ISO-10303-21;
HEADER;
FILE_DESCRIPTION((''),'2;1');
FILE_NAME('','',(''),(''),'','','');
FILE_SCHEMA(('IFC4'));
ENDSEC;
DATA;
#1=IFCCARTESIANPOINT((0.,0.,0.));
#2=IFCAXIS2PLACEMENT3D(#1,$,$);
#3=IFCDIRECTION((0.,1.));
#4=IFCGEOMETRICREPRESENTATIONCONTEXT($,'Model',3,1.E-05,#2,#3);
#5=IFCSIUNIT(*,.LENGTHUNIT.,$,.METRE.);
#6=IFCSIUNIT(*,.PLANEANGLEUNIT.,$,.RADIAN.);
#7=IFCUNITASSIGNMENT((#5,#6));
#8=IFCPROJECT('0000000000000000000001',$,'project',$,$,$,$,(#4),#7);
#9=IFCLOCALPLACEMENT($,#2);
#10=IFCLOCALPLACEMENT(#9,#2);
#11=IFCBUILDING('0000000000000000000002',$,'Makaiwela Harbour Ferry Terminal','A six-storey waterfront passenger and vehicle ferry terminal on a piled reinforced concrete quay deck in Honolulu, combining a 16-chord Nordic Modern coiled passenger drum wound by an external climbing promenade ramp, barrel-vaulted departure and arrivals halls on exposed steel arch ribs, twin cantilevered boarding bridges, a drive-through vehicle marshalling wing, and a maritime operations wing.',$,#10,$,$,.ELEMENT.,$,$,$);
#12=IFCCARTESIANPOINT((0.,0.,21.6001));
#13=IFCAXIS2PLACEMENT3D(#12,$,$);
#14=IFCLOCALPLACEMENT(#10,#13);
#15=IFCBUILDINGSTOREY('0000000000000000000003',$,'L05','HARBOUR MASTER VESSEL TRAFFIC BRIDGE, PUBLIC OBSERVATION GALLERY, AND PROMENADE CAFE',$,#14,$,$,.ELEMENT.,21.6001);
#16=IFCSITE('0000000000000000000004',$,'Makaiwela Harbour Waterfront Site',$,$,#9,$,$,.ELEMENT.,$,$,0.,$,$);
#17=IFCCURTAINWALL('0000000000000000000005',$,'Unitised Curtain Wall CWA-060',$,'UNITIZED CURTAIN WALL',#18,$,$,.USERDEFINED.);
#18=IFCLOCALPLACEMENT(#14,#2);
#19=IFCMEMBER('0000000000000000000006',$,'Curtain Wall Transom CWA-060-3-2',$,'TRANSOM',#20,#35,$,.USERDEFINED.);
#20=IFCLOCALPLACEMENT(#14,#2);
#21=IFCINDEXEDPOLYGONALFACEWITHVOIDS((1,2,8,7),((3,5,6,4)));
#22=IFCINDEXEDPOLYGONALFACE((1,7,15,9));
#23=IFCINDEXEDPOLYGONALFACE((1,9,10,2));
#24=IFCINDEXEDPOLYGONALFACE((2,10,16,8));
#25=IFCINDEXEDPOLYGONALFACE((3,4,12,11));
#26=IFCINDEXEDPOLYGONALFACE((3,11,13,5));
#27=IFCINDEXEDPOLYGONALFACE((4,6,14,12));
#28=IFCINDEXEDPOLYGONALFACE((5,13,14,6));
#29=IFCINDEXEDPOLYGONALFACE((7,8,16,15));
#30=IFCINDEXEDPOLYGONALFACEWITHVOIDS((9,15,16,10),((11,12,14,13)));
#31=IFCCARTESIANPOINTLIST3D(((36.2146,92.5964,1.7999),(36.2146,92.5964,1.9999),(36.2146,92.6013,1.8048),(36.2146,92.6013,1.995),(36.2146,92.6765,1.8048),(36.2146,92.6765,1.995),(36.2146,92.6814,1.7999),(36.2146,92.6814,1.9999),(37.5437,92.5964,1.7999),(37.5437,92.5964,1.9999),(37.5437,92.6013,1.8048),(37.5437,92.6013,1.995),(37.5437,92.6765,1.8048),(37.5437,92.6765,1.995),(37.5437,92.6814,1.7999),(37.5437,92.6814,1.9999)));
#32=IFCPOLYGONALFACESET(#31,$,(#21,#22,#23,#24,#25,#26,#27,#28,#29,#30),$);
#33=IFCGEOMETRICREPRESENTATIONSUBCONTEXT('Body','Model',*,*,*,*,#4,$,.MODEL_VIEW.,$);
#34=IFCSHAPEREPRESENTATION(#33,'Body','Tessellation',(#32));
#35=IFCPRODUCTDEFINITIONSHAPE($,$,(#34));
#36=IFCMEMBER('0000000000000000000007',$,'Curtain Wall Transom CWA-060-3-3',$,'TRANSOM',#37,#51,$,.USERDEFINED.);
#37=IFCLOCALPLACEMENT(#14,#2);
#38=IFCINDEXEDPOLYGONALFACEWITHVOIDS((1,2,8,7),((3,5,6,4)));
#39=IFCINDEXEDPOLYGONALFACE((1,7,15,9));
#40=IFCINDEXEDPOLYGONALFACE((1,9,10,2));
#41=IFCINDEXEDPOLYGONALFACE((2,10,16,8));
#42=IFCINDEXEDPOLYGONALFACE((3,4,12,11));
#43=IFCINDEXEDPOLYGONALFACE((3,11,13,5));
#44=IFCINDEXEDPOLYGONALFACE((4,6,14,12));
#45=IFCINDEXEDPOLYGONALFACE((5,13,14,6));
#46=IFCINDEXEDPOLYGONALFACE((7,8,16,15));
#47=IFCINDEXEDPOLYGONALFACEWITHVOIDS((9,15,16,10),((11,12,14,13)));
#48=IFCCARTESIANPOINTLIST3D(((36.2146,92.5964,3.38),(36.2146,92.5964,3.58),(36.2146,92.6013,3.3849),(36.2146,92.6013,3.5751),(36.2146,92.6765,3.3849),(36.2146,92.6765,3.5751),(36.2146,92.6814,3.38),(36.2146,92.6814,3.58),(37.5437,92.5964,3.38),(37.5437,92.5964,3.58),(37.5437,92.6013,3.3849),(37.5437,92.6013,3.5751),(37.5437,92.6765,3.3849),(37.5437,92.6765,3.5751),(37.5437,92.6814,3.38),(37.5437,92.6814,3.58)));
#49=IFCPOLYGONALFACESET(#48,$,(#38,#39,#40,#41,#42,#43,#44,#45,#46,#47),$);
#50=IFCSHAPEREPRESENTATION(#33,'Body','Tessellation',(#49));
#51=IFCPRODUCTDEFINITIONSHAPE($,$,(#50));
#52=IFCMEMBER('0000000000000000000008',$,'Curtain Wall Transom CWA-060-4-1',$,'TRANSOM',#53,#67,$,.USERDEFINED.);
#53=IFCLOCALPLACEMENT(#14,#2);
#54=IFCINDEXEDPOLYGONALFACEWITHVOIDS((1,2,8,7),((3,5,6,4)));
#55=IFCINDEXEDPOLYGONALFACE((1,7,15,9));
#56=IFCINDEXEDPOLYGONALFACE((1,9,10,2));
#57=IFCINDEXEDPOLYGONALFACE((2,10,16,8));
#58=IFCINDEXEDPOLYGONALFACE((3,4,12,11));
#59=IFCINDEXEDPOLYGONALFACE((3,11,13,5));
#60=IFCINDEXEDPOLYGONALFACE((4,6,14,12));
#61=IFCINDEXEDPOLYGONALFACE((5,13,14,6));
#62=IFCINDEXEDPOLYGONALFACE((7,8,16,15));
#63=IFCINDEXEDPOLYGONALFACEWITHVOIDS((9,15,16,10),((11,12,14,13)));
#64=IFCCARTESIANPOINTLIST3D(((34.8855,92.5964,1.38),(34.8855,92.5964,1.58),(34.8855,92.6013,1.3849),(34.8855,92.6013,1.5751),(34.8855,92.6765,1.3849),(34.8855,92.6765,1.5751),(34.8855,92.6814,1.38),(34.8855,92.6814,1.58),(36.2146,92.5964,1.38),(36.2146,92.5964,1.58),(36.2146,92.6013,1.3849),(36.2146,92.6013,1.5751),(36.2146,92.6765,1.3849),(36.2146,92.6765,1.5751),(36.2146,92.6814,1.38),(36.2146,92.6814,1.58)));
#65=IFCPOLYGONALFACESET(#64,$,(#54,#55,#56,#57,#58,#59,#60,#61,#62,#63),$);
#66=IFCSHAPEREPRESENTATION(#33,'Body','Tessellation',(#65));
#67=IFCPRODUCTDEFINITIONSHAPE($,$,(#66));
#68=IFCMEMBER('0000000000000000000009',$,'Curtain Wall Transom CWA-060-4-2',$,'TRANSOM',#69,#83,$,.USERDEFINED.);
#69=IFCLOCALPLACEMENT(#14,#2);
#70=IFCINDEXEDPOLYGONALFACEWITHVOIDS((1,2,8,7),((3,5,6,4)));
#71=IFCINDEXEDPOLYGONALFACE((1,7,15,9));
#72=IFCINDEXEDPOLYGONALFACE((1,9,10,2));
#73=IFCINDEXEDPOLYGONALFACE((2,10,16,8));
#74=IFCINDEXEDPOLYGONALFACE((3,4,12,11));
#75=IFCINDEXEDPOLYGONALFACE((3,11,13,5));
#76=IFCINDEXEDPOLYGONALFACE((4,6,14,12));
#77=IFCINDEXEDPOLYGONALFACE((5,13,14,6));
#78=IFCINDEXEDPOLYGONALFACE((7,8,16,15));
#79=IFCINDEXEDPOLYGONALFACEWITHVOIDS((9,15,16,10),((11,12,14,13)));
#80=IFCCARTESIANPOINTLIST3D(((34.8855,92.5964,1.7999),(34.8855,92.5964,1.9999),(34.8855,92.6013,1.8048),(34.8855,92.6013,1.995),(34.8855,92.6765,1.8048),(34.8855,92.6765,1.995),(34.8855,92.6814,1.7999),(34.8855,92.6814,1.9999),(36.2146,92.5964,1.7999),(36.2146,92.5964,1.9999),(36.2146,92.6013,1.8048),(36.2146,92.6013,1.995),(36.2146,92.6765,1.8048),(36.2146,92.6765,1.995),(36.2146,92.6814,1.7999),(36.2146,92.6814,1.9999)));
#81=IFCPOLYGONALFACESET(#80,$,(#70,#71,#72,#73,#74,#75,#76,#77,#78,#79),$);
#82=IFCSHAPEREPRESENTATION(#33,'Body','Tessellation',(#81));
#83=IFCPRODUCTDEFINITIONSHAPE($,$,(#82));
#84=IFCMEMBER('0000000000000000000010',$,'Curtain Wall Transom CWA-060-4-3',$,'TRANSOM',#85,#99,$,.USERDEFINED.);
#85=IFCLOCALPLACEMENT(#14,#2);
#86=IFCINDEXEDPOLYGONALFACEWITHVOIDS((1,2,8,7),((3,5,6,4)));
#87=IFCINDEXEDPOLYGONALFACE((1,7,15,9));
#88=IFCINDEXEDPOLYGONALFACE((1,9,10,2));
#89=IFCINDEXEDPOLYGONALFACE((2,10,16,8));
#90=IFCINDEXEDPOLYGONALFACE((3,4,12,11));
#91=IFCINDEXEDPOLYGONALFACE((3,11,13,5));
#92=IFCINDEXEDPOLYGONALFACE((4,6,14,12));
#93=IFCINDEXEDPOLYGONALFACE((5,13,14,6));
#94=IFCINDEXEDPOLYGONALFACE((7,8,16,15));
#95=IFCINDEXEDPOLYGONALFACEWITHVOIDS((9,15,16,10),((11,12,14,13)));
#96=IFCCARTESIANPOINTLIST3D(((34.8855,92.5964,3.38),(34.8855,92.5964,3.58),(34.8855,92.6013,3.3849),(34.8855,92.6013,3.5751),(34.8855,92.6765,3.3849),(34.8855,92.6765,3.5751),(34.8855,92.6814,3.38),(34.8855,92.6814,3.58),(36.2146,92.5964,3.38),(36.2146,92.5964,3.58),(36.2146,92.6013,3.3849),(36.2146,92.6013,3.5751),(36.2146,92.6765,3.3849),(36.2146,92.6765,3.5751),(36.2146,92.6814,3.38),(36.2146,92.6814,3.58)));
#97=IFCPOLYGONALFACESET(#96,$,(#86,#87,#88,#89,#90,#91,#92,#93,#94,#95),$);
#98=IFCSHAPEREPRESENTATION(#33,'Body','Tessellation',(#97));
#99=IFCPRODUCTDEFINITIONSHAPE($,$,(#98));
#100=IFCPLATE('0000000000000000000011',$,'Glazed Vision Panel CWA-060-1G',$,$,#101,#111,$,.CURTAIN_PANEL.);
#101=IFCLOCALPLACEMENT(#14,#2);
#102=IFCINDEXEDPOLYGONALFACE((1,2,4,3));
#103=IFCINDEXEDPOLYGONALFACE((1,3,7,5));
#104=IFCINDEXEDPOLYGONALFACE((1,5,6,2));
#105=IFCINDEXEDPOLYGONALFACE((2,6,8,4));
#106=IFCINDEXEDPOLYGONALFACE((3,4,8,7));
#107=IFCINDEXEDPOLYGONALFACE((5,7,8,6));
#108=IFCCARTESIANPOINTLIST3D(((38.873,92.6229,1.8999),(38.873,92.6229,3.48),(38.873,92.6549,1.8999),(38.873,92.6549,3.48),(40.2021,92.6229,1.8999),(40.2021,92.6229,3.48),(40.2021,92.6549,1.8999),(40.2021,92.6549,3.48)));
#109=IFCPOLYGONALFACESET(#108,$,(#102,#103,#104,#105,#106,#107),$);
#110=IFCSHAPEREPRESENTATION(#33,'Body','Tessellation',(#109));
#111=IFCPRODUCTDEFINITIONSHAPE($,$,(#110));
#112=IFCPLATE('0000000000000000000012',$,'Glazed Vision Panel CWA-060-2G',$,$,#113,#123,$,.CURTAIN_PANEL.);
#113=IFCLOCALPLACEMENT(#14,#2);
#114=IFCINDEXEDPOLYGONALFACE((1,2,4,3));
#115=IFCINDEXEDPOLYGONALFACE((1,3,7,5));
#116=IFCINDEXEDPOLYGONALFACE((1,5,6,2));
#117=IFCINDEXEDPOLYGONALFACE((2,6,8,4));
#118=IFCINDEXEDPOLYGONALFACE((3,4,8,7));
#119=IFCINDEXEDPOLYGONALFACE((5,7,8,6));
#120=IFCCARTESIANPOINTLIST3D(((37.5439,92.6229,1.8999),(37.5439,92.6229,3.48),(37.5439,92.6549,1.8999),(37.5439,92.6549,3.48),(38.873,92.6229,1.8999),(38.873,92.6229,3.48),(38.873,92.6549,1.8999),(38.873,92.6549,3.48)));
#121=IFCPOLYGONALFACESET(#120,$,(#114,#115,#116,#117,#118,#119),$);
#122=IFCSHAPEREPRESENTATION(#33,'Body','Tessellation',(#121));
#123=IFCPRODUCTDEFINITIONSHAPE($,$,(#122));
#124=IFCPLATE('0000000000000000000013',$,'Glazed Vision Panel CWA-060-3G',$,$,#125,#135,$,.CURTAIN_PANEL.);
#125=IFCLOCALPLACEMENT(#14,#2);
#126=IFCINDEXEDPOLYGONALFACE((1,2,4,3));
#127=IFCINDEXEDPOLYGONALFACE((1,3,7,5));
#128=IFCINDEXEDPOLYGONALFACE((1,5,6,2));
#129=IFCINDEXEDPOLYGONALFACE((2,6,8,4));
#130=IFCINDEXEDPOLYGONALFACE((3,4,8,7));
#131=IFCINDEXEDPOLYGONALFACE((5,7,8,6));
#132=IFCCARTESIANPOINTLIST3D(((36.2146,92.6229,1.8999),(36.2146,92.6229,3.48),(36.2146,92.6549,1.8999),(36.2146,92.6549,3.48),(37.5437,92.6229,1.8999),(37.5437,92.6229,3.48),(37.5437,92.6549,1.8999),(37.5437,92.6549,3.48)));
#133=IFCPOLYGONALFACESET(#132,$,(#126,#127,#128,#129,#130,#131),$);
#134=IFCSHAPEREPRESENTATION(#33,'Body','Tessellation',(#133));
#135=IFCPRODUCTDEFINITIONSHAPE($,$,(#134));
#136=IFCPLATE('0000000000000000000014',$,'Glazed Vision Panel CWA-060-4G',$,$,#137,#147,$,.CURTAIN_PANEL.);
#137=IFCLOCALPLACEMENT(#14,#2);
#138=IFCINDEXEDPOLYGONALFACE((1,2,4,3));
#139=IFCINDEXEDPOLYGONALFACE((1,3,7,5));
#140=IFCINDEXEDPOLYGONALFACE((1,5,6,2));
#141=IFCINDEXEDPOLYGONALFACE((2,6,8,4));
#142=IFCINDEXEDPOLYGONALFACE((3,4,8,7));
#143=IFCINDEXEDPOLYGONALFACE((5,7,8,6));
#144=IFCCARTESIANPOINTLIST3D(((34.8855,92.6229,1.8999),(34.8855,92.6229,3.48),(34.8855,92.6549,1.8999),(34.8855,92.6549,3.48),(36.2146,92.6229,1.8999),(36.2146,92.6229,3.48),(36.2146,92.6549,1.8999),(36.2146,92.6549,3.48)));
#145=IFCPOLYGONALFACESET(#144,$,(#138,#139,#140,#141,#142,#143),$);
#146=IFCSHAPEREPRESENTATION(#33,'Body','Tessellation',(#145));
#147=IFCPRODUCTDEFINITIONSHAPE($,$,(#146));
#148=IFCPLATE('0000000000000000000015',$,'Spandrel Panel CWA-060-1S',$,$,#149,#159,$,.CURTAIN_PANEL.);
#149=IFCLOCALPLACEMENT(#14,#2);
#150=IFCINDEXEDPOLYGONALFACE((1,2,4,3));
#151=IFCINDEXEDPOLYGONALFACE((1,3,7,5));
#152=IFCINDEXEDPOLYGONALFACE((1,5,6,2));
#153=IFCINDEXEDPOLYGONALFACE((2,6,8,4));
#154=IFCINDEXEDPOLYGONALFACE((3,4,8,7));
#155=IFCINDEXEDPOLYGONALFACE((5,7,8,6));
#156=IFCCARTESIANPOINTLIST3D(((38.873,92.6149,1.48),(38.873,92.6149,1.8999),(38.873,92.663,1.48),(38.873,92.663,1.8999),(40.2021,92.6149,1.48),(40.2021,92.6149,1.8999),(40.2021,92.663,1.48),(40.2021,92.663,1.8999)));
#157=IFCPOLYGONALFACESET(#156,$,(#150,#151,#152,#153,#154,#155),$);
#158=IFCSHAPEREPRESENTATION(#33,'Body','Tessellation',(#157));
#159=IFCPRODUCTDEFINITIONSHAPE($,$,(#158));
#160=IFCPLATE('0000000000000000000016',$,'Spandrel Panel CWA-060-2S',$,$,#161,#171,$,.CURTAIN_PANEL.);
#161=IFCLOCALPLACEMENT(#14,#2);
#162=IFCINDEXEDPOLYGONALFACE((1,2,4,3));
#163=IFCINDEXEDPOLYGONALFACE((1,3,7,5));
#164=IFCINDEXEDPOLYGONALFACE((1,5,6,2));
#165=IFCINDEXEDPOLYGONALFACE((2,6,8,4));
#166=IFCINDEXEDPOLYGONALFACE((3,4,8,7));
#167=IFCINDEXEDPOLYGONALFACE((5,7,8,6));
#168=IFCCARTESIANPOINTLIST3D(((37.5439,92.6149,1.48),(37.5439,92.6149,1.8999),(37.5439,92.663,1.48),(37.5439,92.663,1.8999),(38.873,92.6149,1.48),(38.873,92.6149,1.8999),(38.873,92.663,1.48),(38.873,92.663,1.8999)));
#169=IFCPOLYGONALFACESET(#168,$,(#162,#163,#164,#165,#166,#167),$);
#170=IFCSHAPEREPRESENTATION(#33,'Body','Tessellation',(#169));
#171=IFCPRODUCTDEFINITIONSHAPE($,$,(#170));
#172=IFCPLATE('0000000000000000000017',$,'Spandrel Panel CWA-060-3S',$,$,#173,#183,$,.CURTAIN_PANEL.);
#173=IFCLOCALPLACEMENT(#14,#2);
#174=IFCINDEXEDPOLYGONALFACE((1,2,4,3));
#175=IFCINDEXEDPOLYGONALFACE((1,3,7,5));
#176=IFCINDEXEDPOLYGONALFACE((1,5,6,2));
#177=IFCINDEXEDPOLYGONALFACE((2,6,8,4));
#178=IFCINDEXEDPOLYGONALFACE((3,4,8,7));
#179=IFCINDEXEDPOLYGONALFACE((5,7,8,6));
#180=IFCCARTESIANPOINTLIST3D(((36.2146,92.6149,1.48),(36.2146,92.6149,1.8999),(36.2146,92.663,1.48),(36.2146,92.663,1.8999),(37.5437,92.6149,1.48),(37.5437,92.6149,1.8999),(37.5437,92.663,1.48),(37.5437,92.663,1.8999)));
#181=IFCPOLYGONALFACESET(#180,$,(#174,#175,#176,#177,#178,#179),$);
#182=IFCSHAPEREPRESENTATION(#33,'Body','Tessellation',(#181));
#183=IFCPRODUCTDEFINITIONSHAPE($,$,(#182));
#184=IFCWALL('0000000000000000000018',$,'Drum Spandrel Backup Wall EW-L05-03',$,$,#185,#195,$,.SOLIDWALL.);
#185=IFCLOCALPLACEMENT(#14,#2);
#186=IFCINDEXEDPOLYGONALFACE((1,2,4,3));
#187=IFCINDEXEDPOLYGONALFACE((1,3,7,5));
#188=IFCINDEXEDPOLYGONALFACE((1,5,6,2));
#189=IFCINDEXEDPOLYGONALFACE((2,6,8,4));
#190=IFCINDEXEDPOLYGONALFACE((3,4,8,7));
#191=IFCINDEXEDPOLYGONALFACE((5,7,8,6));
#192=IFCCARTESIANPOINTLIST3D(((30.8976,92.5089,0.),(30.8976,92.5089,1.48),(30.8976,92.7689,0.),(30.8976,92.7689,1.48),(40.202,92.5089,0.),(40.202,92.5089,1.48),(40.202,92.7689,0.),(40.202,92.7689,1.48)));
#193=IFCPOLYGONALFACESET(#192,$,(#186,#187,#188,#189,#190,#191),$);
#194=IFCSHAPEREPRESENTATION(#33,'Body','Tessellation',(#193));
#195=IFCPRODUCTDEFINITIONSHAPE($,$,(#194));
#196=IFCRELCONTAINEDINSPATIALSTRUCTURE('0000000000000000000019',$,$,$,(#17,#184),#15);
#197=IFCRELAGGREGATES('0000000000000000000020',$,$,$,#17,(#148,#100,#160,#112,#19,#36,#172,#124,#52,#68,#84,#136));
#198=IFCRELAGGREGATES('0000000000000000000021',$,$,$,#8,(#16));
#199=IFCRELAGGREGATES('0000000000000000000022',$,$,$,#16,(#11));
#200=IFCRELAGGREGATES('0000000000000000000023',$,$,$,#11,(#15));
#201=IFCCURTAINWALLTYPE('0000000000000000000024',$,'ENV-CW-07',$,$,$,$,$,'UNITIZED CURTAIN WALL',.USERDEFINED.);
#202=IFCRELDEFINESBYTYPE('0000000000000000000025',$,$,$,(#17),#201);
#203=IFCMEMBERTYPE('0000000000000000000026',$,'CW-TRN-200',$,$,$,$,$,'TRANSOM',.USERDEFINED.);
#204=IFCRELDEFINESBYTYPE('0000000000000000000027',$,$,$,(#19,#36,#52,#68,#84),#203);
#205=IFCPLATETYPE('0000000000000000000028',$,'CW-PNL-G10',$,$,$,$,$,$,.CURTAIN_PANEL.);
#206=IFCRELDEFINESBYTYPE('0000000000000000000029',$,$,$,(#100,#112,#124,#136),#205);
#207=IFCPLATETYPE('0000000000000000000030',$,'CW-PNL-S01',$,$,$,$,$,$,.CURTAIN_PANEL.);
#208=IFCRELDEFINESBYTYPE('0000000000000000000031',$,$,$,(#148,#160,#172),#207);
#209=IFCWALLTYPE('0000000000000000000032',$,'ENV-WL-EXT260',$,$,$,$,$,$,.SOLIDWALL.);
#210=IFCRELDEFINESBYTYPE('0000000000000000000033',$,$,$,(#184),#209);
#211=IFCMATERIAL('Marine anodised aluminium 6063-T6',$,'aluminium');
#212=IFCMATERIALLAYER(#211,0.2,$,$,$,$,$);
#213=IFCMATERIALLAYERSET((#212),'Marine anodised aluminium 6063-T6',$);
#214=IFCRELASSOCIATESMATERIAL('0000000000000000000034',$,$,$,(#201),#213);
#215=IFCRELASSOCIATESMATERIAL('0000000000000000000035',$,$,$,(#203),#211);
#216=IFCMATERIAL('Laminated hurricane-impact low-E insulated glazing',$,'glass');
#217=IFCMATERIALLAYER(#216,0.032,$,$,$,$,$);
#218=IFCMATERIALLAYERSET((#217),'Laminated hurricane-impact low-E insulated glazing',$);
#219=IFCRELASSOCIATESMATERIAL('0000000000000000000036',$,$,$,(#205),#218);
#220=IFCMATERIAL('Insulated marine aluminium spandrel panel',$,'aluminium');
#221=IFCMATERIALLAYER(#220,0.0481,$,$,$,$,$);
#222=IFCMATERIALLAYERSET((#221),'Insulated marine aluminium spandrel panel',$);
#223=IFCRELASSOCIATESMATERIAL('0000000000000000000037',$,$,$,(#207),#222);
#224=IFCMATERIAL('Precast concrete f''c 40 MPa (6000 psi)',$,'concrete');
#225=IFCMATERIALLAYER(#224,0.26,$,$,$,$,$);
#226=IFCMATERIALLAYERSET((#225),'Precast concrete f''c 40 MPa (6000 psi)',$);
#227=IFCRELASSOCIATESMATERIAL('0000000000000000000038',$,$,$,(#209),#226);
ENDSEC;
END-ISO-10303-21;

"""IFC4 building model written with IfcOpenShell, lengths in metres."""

from ifc_helpers import new_model, si_unit, direction, frame, frame_2d, origin, origin_2d, place, context, subcontext, project, spatial, rectangle, hollow_rectangle, extrude, material, layer, layer_set, material_profile, profile_set, type_object, element, aggregate, save


model = new_model("IFC4")

# Units and contexts
model_context = context("Model", 3, precision=1e-05, world=origin(), true_north=direction((0.0, 1.0)))
body_context = subcontext(model_context, "Body", "Model", "MODEL_VIEW")
ifc_project = project(units=[si_unit("LENGTHUNIT", "METRE"), si_unit("PLANEANGLEUNIT", "RADIAN")], contexts=[model_context])

# Site, building, storey
site_placement = place(None, origin())
site = spatial("IfcSite", under=ifc_project, at=site_placement, Name="Makaiwela Harbour Waterfront Site", CompositionType="ELEMENT", RefElevation=0.0)
building_placement = place(site_placement, origin())
building = spatial("IfcBuilding", under=site, at=building_placement, Name="Makaiwela Harbour Ferry Terminal", Description="A six-storey waterfront passenger and vehicle ferry terminal on a piled reinforced concrete quay deck in Honolulu, combining a 16-chord Nordic Modern coiled passenger drum wound by an external climbing promenade ramp, barrel-vaulted departure and arrivals halls on exposed steel arch ribs, twin cantilevered boarding bridges, a drive-through vehicle marshalling wing, and a maritime operations wing.", CompositionType="ELEMENT")
storey_placement = place(building_placement, frame((0.0, 0.0, 21.6001)))
storey = spatial("IfcBuildingStorey", under=building, at=storey_placement, Name="L05", Description="HARBOUR MASTER VESSEL TRAFFIC BRIDGE, PUBLIC OBSERVATION GALLERY, AND PROMENADE CAFE", CompositionType="ELEMENT", Elevation=21.6001)

# Curtain wall, members, plates
ifc_material_1 = material(Name="Marine anodised aluminium 6063-T6", Category="aluminium")
ifc_layer_1 = layer(ifc_material_1, 0.2)
ifc_layer_set_1 = layer_set([ifc_layer_1], Name="Marine anodised aluminium 6063-T6")
curtain_wall_type = type_object("IfcCurtainWallType", Name="ENV-CW-07", ElementType="UNITIZED CURTAIN WALL", PredefinedType="USERDEFINED", material=ifc_layer_set_1)
curtain_wall_placement = place(storey_placement, origin())
curtain_wall = element("IfcCurtainWall", 1, at=curtain_wall_placement, inside=storey, type_object=curtain_wall_type, Name="Unitised Curtain Wall CWA-060", ObjectType="UNITIZED CURTAIN WALL", PredefinedType="USERDEFINED")
ifc_material_profile_1 = material_profile(ifc_material_1, hollow_rectangle(XDim=0.085, YDim=0.2, WallThickness=0.0049, at=origin_2d()), Name="CWT-200X85")
ifc_profile_set_1 = profile_set([ifc_material_profile_1], Name="Marine anodised aluminium 6063-T6")
member_type_1 = type_object("IfcMemberType", Name="CW-TRN-200", ElementType="TRANSOM", PredefinedType="USERDEFINED", material=ifc_profile_set_1)
member_1_placement = place(storey_placement, frame((37.5437, 92.6389, 1.8999), z_axis=(-1.0, 0.0, 0.0), x_axis=(0.0, -1.0, 0.0)))
member_1 = element("IfcMember", 2, at=member_1_placement, type_object=member_type_1, Name="Curtain Wall Transom CWA-060-3-2", ObjectType="TRANSOM", PredefinedType="USERDEFINED", context=body_context, shape_type="SweptSolid", body=[
    extrude(hollow_rectangle(XDim=0.085, YDim=0.2, WallThickness=0.0049, at=origin_2d()), origin(), (0.0, 0.0, 1.0), 1.3291),
])
member_2_placement = place(storey_placement, frame((37.5437, 92.6389, 3.48), z_axis=(-1.0, 0.0, 0.0), x_axis=(0.0, -1.0, 0.0)))
member_2 = element("IfcMember", 3, at=member_2_placement, type_object=member_type_1, Name="Curtain Wall Transom CWA-060-3-3", ObjectType="TRANSOM", PredefinedType="USERDEFINED", context=body_context, shape_type="SweptSolid", body=[
    extrude(hollow_rectangle(XDim=0.085, YDim=0.2, WallThickness=0.0049, at=origin_2d()), origin(), (0.0, 0.0, 1.0), 1.3291),
])
member_3_placement = place(storey_placement, frame((36.2146, 92.6389, 1.48), z_axis=(-1.0, 0.0, 0.0), x_axis=(0.0, -1.0, 0.0)))
member_3 = element("IfcMember", 4, at=member_3_placement, type_object=member_type_1, Name="Curtain Wall Transom CWA-060-4-1", ObjectType="TRANSOM", PredefinedType="USERDEFINED", context=body_context, shape_type="SweptSolid", body=[
    extrude(hollow_rectangle(XDim=0.085, YDim=0.2, WallThickness=0.0049, at=origin_2d()), origin(), (0.0, 0.0, 1.0), 1.3291),
])
member_4_placement = place(storey_placement, frame((36.2146, 92.6389, 1.8999), z_axis=(-1.0, 0.0, 0.0), x_axis=(0.0, -1.0, 0.0)))
member_4 = element("IfcMember", 5, at=member_4_placement, type_object=member_type_1, Name="Curtain Wall Transom CWA-060-4-2", ObjectType="TRANSOM", PredefinedType="USERDEFINED", context=body_context, shape_type="SweptSolid", body=[
    extrude(hollow_rectangle(XDim=0.085, YDim=0.2, WallThickness=0.0049, at=origin_2d()), origin(), (0.0, 0.0, 1.0), 1.3291),
])
member_5_placement = place(storey_placement, frame((36.2146, 92.6389, 3.48), z_axis=(-1.0, 0.0, 0.0), x_axis=(0.0, -1.0, 0.0)))
member_5 = element("IfcMember", 6, at=member_5_placement, type_object=member_type_1, Name="Curtain Wall Transom CWA-060-4-3", ObjectType="TRANSOM", PredefinedType="USERDEFINED", context=body_context, shape_type="SweptSolid", body=[
    extrude(hollow_rectangle(XDim=0.085, YDim=0.2, WallThickness=0.0049, at=origin_2d()), origin(), (0.0, 0.0, 1.0), 1.3291),
])
ifc_material_2 = material(Name="Laminated hurricane-impact low-E insulated glazing", Category="glass")
ifc_layer_2 = layer(ifc_material_2, 0.032)
ifc_layer_set_2 = layer_set([ifc_layer_2], Name="Laminated hurricane-impact low-E insulated glazing")
plate_type_1 = type_object("IfcPlateType", Name="CW-PNL-G10", PredefinedType="CURTAIN_PANEL", material=ifc_layer_set_2)
plate_1_placement = place(storey_placement, frame((39.5376, 92.6389, 1.8999), z_axis=(0.0, 0.0, 1.0), x_axis=(-1.0, 0.0, 0.0)))
plate_1 = element("IfcPlate", 7, at=plate_1_placement, type_object=plate_type_1, Name="Glazed Vision Panel CWA-060-1G", PredefinedType="CURTAIN_PANEL", context=body_context, shape_type="SweptSolid", body=[
    extrude(rectangle(XDim=1.3291, YDim=0.032, at=origin_2d()), origin(), (0.0, 0.0, 1.0), 1.5801),
])
plate_2_placement = place(storey_placement, frame((38.2085, 92.6389, 1.8999), z_axis=(0.0, 0.0, 1.0), x_axis=(-1.0, 0.0, 0.0)))
plate_2 = element("IfcPlate", 8, at=plate_2_placement, type_object=plate_type_1, Name="Glazed Vision Panel CWA-060-2G", PredefinedType="CURTAIN_PANEL", context=body_context, shape_type="SweptSolid", body=[
    extrude(rectangle(XDim=1.3291, YDim=0.032, at=origin_2d()), origin(), (0.0, 0.0, 1.0), 1.5801),
])
plate_3_placement = place(storey_placement, frame((36.8792, 92.6389, 1.8999), z_axis=(0.0, 0.0, 1.0), x_axis=(-1.0, 0.0, 0.0)))
plate_3 = element("IfcPlate", 9, at=plate_3_placement, type_object=plate_type_1, Name="Glazed Vision Panel CWA-060-3G", PredefinedType="CURTAIN_PANEL", context=body_context, shape_type="SweptSolid", body=[
    extrude(rectangle(XDim=1.3291, YDim=0.032, at=origin_2d()), origin(), (0.0, 0.0, 1.0), 1.5801),
])
plate_4_placement = place(storey_placement, frame((35.55, 92.6389, 1.8999), z_axis=(0.0, 0.0, 1.0), x_axis=(-1.0, 0.0, 0.0)))
plate_4 = element("IfcPlate", 10, at=plate_4_placement, type_object=plate_type_1, Name="Glazed Vision Panel CWA-060-4G", PredefinedType="CURTAIN_PANEL", context=body_context, shape_type="SweptSolid", body=[
    extrude(rectangle(XDim=1.3291, YDim=0.032, at=origin_2d()), origin(), (0.0, 0.0, 1.0), 1.5801),
])
ifc_material_3 = material(Name="Insulated marine aluminium spandrel panel", Category="aluminium")
ifc_layer_3 = layer(ifc_material_3, 0.0481)
ifc_layer_set_3 = layer_set([ifc_layer_3], Name="Insulated marine aluminium spandrel panel")
plate_type_2 = type_object("IfcPlateType", Name="CW-PNL-S01", PredefinedType="CURTAIN_PANEL", material=ifc_layer_set_3)
plate_5_placement = place(storey_placement, frame((39.5376, 92.6389, 1.48), z_axis=(0.0, 0.0, 1.0), x_axis=(-1.0, 0.0, 0.0)))
plate_5 = element("IfcPlate", 11, at=plate_5_placement, type_object=plate_type_2, Name="Spandrel Panel CWA-060-1S", PredefinedType="CURTAIN_PANEL", context=body_context, shape_type="SweptSolid", body=[
    extrude(rectangle(XDim=1.3291, YDim=0.0481, at=origin_2d()), origin(), (0.0, 0.0, 1.0), 0.4199),
])
plate_6_placement = place(storey_placement, frame((38.2085, 92.6389, 1.48), z_axis=(0.0, 0.0, 1.0), x_axis=(-1.0, 0.0, 0.0)))
plate_6 = element("IfcPlate", 12, at=plate_6_placement, type_object=plate_type_2, Name="Spandrel Panel CWA-060-2S", PredefinedType="CURTAIN_PANEL", context=body_context, shape_type="SweptSolid", body=[
    extrude(rectangle(XDim=1.3291, YDim=0.0481, at=origin_2d()), origin(), (0.0, 0.0, 1.0), 0.4199),
])
plate_7_placement = place(storey_placement, frame((36.8792, 92.6389, 1.48), z_axis=(0.0, 0.0, 1.0), x_axis=(-1.0, 0.0, 0.0)))
plate_7 = element("IfcPlate", 13, at=plate_7_placement, type_object=plate_type_2, Name="Spandrel Panel CWA-060-3S", PredefinedType="CURTAIN_PANEL", context=body_context, shape_type="SweptSolid", body=[
    extrude(rectangle(XDim=1.3291, YDim=0.0481, at=origin_2d()), origin(), (0.0, 0.0, 1.0), 0.4199),
])
aggregate(curtain_wall, [plate_5, plate_1, plate_6, plate_2, member_1, member_2, plate_7, plate_3, member_3, member_4, member_5, plate_4])

# Wall
ifc_material_4 = material(Name="Precast concrete f'c 40 MPa (6000 psi)", Category="concrete")
ifc_layer_4 = layer(ifc_material_4, 0.26)
ifc_layer_set_4 = layer_set([ifc_layer_4], Name="Precast concrete f'c 40 MPa (6000 psi)")
wall_type = type_object("IfcWallType", Name="ENV-WL-EXT260", PredefinedType="SOLIDWALL", material=ifc_layer_set_4)
wall_placement = place(storey_placement, frame((40.2021, 92.6389, 0.0), z_axis=(0.0, 0.0, 1.0), x_axis=(-1.0, 0.0, 0.0)))
element("IfcWall", 14, at=wall_placement, inside=storey, type_object=wall_type, Name="Drum Spandrel Backup Wall EW-L05-03", PredefinedType="SOLIDWALL", context=body_context, shape_type="SweptSolid", body=[
    extrude(rectangle(XDim=9.3044, YDim=0.26, at=frame_2d((4.6523, 0.0))), origin(), (0.0, 0.0, 1.0), 1.48),
])

save(model, "model.ifc")
